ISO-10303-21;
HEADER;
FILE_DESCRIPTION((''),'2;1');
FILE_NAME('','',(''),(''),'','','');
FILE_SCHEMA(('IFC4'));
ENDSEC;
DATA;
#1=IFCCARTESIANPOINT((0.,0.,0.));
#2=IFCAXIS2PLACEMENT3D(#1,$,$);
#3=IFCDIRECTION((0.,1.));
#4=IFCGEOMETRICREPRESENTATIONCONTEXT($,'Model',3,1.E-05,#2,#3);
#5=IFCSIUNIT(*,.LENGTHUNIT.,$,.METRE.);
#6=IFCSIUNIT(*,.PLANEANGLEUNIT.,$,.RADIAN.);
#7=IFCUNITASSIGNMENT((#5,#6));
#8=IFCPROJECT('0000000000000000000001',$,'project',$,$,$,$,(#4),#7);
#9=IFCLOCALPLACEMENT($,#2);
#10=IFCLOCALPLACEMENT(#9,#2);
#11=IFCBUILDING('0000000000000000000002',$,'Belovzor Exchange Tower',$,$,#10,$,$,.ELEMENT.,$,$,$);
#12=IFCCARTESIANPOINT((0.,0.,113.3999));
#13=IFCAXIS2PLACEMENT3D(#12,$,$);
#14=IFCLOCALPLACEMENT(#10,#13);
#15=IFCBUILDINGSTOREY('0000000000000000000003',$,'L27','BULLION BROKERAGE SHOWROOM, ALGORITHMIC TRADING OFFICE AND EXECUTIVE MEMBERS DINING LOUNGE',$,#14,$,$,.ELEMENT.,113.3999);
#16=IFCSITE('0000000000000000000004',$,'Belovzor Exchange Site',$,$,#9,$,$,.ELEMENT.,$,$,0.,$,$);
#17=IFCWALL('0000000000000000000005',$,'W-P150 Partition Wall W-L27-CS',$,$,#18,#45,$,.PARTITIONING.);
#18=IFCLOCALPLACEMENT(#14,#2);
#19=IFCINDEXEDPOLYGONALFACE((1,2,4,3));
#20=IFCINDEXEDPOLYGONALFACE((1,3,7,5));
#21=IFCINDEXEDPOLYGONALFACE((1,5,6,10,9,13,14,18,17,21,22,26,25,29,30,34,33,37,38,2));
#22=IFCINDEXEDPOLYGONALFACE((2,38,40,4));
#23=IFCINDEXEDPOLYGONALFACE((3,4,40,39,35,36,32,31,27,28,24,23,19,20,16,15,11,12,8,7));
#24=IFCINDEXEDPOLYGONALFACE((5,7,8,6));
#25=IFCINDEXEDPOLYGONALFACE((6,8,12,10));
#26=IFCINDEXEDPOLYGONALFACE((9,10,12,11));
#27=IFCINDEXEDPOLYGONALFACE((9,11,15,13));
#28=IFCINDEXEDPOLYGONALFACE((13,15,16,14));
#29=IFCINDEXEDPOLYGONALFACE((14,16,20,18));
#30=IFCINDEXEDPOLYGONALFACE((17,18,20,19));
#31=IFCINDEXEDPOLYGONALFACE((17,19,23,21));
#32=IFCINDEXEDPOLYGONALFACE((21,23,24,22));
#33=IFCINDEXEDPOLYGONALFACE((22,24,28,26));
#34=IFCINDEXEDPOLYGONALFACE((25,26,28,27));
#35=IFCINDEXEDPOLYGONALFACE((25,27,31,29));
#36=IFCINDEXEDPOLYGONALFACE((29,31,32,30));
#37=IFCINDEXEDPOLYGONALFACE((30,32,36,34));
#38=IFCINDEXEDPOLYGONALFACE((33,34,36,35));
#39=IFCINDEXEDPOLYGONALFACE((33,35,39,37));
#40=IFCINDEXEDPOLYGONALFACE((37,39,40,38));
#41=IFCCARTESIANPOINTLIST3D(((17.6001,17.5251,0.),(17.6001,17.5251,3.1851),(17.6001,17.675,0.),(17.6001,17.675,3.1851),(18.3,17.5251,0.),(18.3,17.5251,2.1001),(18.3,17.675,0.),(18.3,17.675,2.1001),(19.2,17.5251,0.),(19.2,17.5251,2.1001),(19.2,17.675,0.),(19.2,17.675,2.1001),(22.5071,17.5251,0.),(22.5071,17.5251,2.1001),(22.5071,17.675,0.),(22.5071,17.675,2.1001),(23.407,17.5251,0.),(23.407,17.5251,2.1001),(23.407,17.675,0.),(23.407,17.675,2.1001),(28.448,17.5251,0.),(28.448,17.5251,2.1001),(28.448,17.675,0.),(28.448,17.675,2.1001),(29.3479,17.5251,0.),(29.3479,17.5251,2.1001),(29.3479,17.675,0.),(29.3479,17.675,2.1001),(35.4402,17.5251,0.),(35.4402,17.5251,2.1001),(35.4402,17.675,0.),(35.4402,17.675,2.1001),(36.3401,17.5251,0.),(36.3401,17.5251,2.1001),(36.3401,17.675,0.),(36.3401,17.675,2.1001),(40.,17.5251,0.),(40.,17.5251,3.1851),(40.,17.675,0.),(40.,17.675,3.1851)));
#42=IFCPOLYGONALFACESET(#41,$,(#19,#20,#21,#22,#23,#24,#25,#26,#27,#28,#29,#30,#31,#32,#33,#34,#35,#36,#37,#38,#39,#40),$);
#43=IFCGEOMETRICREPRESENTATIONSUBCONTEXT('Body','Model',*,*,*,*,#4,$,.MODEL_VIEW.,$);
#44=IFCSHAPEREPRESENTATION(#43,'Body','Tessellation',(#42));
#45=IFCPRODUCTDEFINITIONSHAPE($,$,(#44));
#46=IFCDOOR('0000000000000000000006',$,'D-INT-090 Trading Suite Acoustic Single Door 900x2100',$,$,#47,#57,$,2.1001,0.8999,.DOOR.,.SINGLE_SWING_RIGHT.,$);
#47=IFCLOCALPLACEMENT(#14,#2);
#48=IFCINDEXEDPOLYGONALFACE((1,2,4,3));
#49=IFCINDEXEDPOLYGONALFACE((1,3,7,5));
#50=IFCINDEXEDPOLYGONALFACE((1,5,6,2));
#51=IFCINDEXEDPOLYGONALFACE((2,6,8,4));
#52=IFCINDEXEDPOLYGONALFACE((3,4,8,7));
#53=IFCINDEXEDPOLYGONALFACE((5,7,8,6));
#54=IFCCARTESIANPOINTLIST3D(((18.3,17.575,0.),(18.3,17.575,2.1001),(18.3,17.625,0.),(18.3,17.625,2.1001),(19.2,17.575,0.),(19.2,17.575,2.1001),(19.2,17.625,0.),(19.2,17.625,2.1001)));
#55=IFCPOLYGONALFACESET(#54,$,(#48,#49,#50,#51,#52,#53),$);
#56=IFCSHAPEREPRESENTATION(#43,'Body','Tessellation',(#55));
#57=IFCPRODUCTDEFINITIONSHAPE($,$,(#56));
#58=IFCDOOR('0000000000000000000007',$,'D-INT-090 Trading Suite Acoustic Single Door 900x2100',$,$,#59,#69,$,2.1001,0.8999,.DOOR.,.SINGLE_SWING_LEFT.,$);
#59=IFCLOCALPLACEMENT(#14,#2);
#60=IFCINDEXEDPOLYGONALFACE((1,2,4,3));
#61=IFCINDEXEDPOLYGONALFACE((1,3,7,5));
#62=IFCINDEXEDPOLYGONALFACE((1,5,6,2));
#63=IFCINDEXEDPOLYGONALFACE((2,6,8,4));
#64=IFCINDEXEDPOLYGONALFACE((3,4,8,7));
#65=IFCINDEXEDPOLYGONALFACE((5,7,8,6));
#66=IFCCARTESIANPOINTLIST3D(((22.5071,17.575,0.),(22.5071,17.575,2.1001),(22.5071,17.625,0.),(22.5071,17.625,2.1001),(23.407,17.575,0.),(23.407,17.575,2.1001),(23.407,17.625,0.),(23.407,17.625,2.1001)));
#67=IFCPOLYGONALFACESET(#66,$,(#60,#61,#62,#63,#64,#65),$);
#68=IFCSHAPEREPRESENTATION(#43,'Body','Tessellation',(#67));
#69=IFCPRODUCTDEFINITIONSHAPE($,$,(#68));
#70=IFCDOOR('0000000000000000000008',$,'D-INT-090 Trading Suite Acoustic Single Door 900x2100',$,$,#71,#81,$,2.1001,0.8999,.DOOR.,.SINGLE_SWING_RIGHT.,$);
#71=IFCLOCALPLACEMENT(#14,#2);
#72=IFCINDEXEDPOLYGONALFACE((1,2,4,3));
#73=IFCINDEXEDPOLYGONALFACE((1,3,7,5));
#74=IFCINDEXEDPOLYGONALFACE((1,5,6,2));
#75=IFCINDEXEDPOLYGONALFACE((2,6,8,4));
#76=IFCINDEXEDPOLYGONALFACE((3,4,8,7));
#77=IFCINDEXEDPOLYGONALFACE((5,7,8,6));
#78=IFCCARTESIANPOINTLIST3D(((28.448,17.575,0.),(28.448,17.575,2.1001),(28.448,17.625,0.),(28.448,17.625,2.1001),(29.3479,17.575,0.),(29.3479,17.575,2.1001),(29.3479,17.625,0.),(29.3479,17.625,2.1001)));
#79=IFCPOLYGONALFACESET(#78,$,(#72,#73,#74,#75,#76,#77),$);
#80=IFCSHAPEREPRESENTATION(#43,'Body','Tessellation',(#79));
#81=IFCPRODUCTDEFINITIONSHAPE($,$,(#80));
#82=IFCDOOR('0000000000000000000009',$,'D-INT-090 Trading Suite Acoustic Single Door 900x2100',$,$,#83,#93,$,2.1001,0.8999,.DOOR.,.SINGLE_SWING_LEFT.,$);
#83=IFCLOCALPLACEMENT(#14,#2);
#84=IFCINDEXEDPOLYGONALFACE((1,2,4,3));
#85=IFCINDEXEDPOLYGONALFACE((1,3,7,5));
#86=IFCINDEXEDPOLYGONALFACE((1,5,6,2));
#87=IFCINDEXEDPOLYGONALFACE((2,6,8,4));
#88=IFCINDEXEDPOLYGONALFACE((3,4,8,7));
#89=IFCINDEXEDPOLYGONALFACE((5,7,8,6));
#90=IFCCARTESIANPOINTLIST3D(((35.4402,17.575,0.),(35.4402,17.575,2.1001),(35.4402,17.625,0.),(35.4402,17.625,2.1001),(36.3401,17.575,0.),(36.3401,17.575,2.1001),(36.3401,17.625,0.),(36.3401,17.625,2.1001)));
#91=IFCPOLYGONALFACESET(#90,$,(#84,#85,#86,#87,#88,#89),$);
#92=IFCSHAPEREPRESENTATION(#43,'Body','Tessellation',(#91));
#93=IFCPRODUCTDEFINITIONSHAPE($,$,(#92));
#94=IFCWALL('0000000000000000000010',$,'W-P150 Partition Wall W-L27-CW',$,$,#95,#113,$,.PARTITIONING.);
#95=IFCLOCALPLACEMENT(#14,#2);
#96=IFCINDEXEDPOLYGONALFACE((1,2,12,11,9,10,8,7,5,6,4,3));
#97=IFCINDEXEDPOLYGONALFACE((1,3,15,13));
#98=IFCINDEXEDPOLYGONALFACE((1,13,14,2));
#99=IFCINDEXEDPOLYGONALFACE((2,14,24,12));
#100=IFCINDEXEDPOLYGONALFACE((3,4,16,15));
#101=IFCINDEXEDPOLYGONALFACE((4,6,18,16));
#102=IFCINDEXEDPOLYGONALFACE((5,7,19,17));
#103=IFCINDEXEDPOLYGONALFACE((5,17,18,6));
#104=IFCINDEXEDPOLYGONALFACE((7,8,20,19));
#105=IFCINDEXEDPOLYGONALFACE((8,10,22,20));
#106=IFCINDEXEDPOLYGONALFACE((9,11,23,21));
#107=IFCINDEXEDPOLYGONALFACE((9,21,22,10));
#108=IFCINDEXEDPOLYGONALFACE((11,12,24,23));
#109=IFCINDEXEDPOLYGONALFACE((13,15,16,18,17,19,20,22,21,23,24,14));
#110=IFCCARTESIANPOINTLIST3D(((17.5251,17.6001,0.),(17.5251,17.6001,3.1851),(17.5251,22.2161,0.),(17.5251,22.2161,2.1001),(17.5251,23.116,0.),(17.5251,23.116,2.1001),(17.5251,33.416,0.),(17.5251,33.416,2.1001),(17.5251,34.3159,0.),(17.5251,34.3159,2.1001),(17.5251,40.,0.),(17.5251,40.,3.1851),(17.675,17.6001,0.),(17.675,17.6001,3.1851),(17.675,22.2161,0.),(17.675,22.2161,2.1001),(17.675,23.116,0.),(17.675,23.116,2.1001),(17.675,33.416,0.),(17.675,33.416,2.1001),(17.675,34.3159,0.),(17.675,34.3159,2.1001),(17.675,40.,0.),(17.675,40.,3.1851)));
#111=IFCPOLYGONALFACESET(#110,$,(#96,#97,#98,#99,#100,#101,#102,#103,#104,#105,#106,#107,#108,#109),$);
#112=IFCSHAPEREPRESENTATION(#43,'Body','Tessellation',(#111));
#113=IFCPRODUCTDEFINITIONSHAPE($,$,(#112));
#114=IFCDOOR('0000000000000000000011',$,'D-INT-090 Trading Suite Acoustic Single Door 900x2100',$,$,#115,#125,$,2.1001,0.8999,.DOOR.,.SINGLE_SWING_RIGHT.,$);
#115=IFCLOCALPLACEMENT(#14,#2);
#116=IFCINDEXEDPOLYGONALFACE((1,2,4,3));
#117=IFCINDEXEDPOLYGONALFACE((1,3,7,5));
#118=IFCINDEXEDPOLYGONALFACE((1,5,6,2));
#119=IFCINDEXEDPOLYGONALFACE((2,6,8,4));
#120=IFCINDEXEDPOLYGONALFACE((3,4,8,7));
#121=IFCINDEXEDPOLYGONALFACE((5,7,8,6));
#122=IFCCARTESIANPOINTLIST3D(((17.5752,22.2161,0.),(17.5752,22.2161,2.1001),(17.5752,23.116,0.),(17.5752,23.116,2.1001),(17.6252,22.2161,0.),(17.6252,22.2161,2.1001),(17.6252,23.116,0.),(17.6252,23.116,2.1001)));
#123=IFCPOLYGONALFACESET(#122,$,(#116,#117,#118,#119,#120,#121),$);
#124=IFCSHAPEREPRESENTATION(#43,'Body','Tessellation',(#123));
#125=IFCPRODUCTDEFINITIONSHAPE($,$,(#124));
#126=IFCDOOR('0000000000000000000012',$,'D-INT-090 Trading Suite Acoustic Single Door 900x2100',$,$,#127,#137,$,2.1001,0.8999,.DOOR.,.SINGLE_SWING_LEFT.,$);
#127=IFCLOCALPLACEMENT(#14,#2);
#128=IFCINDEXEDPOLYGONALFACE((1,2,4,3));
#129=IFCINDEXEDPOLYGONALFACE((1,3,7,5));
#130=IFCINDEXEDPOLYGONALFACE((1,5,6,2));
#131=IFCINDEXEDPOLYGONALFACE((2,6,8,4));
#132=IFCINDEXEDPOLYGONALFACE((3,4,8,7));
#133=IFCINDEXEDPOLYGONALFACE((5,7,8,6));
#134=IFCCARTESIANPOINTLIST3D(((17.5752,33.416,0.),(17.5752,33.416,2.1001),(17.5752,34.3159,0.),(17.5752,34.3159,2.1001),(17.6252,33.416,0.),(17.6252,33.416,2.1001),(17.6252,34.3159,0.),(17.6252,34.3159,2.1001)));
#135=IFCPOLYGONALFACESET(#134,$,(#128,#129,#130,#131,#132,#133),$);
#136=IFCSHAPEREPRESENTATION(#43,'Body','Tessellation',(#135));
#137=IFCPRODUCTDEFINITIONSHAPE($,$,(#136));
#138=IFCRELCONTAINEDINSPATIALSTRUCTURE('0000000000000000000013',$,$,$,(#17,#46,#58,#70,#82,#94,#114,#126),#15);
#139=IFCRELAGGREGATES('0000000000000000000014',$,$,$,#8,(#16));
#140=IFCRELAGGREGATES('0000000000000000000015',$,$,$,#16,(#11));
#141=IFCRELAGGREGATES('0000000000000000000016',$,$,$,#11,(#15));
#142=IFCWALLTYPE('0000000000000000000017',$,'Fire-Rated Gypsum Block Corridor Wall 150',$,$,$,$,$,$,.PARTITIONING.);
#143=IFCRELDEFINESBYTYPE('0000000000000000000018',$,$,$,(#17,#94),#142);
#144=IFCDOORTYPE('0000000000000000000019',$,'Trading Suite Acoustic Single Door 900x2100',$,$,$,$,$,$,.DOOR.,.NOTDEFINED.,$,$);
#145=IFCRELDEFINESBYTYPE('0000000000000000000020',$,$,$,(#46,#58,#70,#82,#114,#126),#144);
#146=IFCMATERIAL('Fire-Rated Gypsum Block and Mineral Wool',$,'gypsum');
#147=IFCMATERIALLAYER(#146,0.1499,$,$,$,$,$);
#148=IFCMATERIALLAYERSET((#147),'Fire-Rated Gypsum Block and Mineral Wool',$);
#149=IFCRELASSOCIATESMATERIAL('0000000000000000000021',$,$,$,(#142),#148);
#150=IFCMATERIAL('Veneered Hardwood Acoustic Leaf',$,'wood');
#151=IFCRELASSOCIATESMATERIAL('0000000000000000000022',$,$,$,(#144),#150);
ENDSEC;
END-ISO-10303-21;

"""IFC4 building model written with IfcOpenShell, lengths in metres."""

from ifc_helpers import new_model, si_unit, direction, frame, frame_2d, origin, place, context, subcontext, project, spatial, rectangle, extrude, material, layer, layer_set, type_object, element, fill, save


model = new_model("IFC4")

# Units and contexts
model_context = context("Model", 3, precision=1e-05, world=origin(), true_north=direction((0.0, 1.0)))
body_context = subcontext(model_context, "Body", "Model", "MODEL_VIEW")
ifc_project = project(units=[si_unit("LENGTHUNIT", "METRE"), si_unit("PLANEANGLEUNIT", "RADIAN")], contexts=[model_context])

# Site, building, storey
site_placement = place(None, origin())
site = spatial("IfcSite", under=ifc_project, at=site_placement, Name="Belovzor Exchange Site", CompositionType="ELEMENT", RefElevation=0.0)
building_placement = place(site_placement, origin())
building = spatial("IfcBuilding", under=site, at=building_placement, Name="Belovzor Exchange Tower", CompositionType="ELEMENT")
storey_placement = place(building_placement, frame((0.0, 0.0, 113.3999)))
storey = spatial("IfcBuildingStorey", under=building, at=storey_placement, Name="L27", Description="BULLION BROKERAGE SHOWROOM, ALGORITHMIC TRADING OFFICE AND EXECUTIVE MEMBERS DINING LOUNGE", CompositionType="ELEMENT", Elevation=113.3999)

# Walls, openings, doors
ifc_material_1 = material(Name="Fire-Rated Gypsum Block and Mineral Wool", Category="gypsum")
ifc_layer_1 = layer(ifc_material_1, 0.1499)
ifc_layer_set_1 = layer_set([ifc_layer_1], Name="Fire-Rated Gypsum Block and Mineral Wool")
wall_type_1 = type_object("IfcWallType", Name="Fire-Rated Gypsum Block Corridor Wall 150", PredefinedType="PARTITIONING", material=ifc_layer_set_1)
wall_1_placement = place(storey_placement, frame((17.6001, 17.6001, 0.0), z_axis=(0.0, 0.0, 1.0), x_axis=(1.0, 0.0, 0.0)))
wall_1 = element("IfcWall", 1, at=wall_1_placement, inside=storey, type_object=wall_type_1, Name="W-P150 Partition Wall W-L27-CS", PredefinedType="PARTITIONING", context=body_context, shape_type="SweptSolid", body=[
    extrude(rectangle(XDim=22.3999, YDim=0.1499, at=frame_2d((11.2, 0.0))), origin(), (0.0, 0.0, 1.0), 3.1851),
])
opening_1_placement = place(wall_1_placement, frame((0.7, 0.0, 0.0)))
opening_1 = element("IfcOpeningElement", 2, at=opening_1_placement, cuts=wall_1, PredefinedType="OPENING", context=body_context, shape_type="SweptSolid", body=[
    extrude(rectangle(XDim=0.8999, YDim=2.1001, at=frame_2d((0.45, 1.05))), frame((0.0, 0.085, 0.0), z_axis=(0.0, -1.0, 0.0), x_axis=(1.0, 0.0, 0.0)), (0.0, 0.0, 1.0), 0.1699),
])
opening_2_placement = place(wall_1_placement, frame((4.907, 0.0, 0.0)))
opening_2 = element("IfcOpeningElement", 3, at=opening_2_placement, cuts=wall_1, PredefinedType="OPENING", context=body_context, shape_type="SweptSolid", body=[
    extrude(rectangle(XDim=0.8999, YDim=2.1001, at=frame_2d((0.45, 1.05))), frame((0.0, 0.085, 0.0), z_axis=(0.0, -1.0, 0.0), x_axis=(1.0, 0.0, 0.0)), (0.0, 0.0, 1.0), 0.1699),
])
opening_3_placement = place(wall_1_placement, frame((10.8479, 0.0, 0.0)))
opening_3 = element("IfcOpeningElement", 4, at=opening_3_placement, cuts=wall_1, PredefinedType="OPENING", context=body_context, shape_type="SweptSolid", body=[
    extrude(rectangle(XDim=0.8999, YDim=2.1001, at=frame_2d((0.45, 1.05))), frame((0.0, 0.085, 0.0), z_axis=(0.0, -1.0, 0.0), x_axis=(1.0, 0.0, 0.0)), (0.0, 0.0, 1.0), 0.1699),
])
opening_4_placement = place(wall_1_placement, frame((17.8401, 0.0, 0.0)))
opening_4 = element("IfcOpeningElement", 5, at=opening_4_placement, cuts=wall_1, PredefinedType="OPENING", context=body_context, shape_type="SweptSolid", body=[
    extrude(rectangle(XDim=0.8999, YDim=2.1001, at=frame_2d((0.45, 1.05))), frame((0.0, 0.085, 0.0), z_axis=(0.0, -1.0, 0.0), x_axis=(1.0, 0.0, 0.0)), (0.0, 0.0, 1.0), 0.1699),
])
ifc_material_2 = material(Name="Veneered Hardwood Acoustic Leaf", Category="wood")
door_type_1 = type_object("IfcDoorType", Name="Trading Suite Acoustic Single Door 900x2100", OperationType="NOTDEFINED", PredefinedType="DOOR", material=ifc_material_2)
door_1_placement = place(opening_1_placement, origin())
door_1 = element("IfcDoor", 6, at=door_1_placement, inside=storey, type_object=door_type_1, Name="D-INT-090 Trading Suite Acoustic Single Door 900x2100", OperationType="SINGLE_SWING_RIGHT", OverallHeight=2.1001, OverallWidth=0.8999, PredefinedType="DOOR", context=body_context, shape_type="SweptSolid", body=[
    extrude(rectangle(XDim=0.8999, YDim=2.1001, at=frame_2d((0.45, 1.05))), frame((0.0, 0.0249, 0.0), z_axis=(0.0, -1.0, 0.0), x_axis=(1.0, 0.0, 0.0)), (0.0, 0.0, 1.0), 0.05),
])
fill(opening_1, door_1)
door_2_placement = place(opening_2_placement, origin())
door_2 = element("IfcDoor", 7, at=door_2_placement, inside=storey, type_object=door_type_1, Name="D-INT-090 Trading Suite Acoustic Single Door 900x2100", OperationType="SINGLE_SWING_LEFT", OverallHeight=2.1001, OverallWidth=0.8999, PredefinedType="DOOR", context=body_context, shape_type="SweptSolid", body=[
    extrude(rectangle(XDim=0.8999, YDim=2.1001, at=frame_2d((0.45, 1.05))), frame((0.0, 0.0249, 0.0), z_axis=(0.0, -1.0, 0.0), x_axis=(1.0, 0.0, 0.0)), (0.0, 0.0, 1.0), 0.05),
])
fill(opening_2, door_2)
door_3_placement = place(opening_3_placement, origin())
door_3 = element("IfcDoor", 8, at=door_3_placement, inside=storey, type_object=door_type_1, Name="D-INT-090 Trading Suite Acoustic Single Door 900x2100", OperationType="SINGLE_SWING_RIGHT", OverallHeight=2.1001, OverallWidth=0.8999, PredefinedType="DOOR", context=body_context, shape_type="SweptSolid", body=[
    extrude(rectangle(XDim=0.8999, YDim=2.1001, at=frame_2d((0.45, 1.05))), frame((0.0, 0.0249, 0.0), z_axis=(0.0, -1.0, 0.0), x_axis=(1.0, 0.0, 0.0)), (0.0, 0.0, 1.0), 0.05),
])
fill(opening_3, door_3)
door_4_placement = place(opening_4_placement, origin())
door_4 = element("IfcDoor", 9, at=door_4_placement, inside=storey, type_object=door_type_1, Name="D-INT-090 Trading Suite Acoustic Single Door 900x2100", OperationType="SINGLE_SWING_LEFT", OverallHeight=2.1001, OverallWidth=0.8999, PredefinedType="DOOR", context=body_context, shape_type="SweptSolid", body=[
    extrude(rectangle(XDim=0.8999, YDim=2.1001, at=frame_2d((0.45, 1.05))), frame((0.0, 0.0249, 0.0), z_axis=(0.0, -1.0, 0.0), x_axis=(1.0, 0.0, 0.0)), (0.0, 0.0, 1.0), 0.05),
])
fill(opening_4, door_4)
wall_2_placement = place(storey_placement, frame((17.6001, 17.6001, 0.0), z_axis=(0.0, 0.0, 1.0), x_axis=(0.0, 1.0, 0.0)))
wall_2 = element("IfcWall", 10, at=wall_2_placement, inside=storey, type_object=wall_type_1, Name="W-P150 Partition Wall W-L27-CW", PredefinedType="PARTITIONING", context=body_context, shape_type="SweptSolid", body=[
    extrude(rectangle(XDim=22.3999, YDim=0.1499, at=frame_2d((11.2, 0.0))), origin(), (0.0, 0.0, 1.0), 3.1851),
])
opening_5_placement = place(wall_2_placement, frame((4.616, 0.0, 0.0)))
opening_5 = element("IfcOpeningElement", 11, at=opening_5_placement, cuts=wall_2, PredefinedType="OPENING", context=body_context, shape_type="SweptSolid", body=[
    extrude(rectangle(XDim=0.8999, YDim=2.1001, at=frame_2d((0.45, 1.05))), frame((0.0, 0.085, 0.0), z_axis=(0.0, -1.0, 0.0), x_axis=(1.0, 0.0, 0.0)), (0.0, 0.0, 1.0), 0.1699),
])
opening_6_placement = place(wall_2_placement, frame((15.8159, 0.0, 0.0)))
opening_6 = element("IfcOpeningElement", 12, at=opening_6_placement, cuts=wall_2, PredefinedType="OPENING", context=body_context, shape_type="SweptSolid", body=[
    extrude(rectangle(XDim=0.8999, YDim=2.1001, at=frame_2d((0.45, 1.05))), frame((0.0, 0.085, 0.0), z_axis=(0.0, -1.0, 0.0), x_axis=(1.0, 0.0, 0.0)), (0.0, 0.0, 1.0), 0.1699),
])
door_5_placement = place(opening_5_placement, origin())
door_5 = element("IfcDoor", 13, at=door_5_placement, inside=storey, type_object=door_type_1, Name="D-INT-090 Trading Suite Acoustic Single Door 900x2100", OperationType="SINGLE_SWING_RIGHT", OverallHeight=2.1001, OverallWidth=0.8999, PredefinedType="DOOR", context=body_context, shape_type="SweptSolid", body=[
    extrude(rectangle(XDim=0.8999, YDim=2.1001, at=frame_2d((0.45, 1.05))), frame((0.0, 0.0249, 0.0), z_axis=(0.0, -1.0, 0.0), x_axis=(1.0, 0.0, 0.0)), (0.0, 0.0, 1.0), 0.05),
])
fill(opening_5, door_5)
door_6_placement = place(opening_6_placement, origin())
door_6 = element("IfcDoor", 14, at=door_6_placement, inside=storey, type_object=door_type_1, Name="D-INT-090 Trading Suite Acoustic Single Door 900x2100", OperationType="SINGLE_SWING_LEFT", OverallHeight=2.1001, OverallWidth=0.8999, PredefinedType="DOOR", context=body_context, shape_type="SweptSolid", body=[
    extrude(rectangle(XDim=0.8999, YDim=2.1001, at=frame_2d((0.45, 1.05))), frame((0.0, 0.0249, 0.0), z_axis=(0.0, -1.0, 0.0), x_axis=(1.0, 0.0, 0.0)), (0.0, 0.0, 1.0), 0.05),
])
fill(opening_6, door_6)

save(model, "model.ifc")
